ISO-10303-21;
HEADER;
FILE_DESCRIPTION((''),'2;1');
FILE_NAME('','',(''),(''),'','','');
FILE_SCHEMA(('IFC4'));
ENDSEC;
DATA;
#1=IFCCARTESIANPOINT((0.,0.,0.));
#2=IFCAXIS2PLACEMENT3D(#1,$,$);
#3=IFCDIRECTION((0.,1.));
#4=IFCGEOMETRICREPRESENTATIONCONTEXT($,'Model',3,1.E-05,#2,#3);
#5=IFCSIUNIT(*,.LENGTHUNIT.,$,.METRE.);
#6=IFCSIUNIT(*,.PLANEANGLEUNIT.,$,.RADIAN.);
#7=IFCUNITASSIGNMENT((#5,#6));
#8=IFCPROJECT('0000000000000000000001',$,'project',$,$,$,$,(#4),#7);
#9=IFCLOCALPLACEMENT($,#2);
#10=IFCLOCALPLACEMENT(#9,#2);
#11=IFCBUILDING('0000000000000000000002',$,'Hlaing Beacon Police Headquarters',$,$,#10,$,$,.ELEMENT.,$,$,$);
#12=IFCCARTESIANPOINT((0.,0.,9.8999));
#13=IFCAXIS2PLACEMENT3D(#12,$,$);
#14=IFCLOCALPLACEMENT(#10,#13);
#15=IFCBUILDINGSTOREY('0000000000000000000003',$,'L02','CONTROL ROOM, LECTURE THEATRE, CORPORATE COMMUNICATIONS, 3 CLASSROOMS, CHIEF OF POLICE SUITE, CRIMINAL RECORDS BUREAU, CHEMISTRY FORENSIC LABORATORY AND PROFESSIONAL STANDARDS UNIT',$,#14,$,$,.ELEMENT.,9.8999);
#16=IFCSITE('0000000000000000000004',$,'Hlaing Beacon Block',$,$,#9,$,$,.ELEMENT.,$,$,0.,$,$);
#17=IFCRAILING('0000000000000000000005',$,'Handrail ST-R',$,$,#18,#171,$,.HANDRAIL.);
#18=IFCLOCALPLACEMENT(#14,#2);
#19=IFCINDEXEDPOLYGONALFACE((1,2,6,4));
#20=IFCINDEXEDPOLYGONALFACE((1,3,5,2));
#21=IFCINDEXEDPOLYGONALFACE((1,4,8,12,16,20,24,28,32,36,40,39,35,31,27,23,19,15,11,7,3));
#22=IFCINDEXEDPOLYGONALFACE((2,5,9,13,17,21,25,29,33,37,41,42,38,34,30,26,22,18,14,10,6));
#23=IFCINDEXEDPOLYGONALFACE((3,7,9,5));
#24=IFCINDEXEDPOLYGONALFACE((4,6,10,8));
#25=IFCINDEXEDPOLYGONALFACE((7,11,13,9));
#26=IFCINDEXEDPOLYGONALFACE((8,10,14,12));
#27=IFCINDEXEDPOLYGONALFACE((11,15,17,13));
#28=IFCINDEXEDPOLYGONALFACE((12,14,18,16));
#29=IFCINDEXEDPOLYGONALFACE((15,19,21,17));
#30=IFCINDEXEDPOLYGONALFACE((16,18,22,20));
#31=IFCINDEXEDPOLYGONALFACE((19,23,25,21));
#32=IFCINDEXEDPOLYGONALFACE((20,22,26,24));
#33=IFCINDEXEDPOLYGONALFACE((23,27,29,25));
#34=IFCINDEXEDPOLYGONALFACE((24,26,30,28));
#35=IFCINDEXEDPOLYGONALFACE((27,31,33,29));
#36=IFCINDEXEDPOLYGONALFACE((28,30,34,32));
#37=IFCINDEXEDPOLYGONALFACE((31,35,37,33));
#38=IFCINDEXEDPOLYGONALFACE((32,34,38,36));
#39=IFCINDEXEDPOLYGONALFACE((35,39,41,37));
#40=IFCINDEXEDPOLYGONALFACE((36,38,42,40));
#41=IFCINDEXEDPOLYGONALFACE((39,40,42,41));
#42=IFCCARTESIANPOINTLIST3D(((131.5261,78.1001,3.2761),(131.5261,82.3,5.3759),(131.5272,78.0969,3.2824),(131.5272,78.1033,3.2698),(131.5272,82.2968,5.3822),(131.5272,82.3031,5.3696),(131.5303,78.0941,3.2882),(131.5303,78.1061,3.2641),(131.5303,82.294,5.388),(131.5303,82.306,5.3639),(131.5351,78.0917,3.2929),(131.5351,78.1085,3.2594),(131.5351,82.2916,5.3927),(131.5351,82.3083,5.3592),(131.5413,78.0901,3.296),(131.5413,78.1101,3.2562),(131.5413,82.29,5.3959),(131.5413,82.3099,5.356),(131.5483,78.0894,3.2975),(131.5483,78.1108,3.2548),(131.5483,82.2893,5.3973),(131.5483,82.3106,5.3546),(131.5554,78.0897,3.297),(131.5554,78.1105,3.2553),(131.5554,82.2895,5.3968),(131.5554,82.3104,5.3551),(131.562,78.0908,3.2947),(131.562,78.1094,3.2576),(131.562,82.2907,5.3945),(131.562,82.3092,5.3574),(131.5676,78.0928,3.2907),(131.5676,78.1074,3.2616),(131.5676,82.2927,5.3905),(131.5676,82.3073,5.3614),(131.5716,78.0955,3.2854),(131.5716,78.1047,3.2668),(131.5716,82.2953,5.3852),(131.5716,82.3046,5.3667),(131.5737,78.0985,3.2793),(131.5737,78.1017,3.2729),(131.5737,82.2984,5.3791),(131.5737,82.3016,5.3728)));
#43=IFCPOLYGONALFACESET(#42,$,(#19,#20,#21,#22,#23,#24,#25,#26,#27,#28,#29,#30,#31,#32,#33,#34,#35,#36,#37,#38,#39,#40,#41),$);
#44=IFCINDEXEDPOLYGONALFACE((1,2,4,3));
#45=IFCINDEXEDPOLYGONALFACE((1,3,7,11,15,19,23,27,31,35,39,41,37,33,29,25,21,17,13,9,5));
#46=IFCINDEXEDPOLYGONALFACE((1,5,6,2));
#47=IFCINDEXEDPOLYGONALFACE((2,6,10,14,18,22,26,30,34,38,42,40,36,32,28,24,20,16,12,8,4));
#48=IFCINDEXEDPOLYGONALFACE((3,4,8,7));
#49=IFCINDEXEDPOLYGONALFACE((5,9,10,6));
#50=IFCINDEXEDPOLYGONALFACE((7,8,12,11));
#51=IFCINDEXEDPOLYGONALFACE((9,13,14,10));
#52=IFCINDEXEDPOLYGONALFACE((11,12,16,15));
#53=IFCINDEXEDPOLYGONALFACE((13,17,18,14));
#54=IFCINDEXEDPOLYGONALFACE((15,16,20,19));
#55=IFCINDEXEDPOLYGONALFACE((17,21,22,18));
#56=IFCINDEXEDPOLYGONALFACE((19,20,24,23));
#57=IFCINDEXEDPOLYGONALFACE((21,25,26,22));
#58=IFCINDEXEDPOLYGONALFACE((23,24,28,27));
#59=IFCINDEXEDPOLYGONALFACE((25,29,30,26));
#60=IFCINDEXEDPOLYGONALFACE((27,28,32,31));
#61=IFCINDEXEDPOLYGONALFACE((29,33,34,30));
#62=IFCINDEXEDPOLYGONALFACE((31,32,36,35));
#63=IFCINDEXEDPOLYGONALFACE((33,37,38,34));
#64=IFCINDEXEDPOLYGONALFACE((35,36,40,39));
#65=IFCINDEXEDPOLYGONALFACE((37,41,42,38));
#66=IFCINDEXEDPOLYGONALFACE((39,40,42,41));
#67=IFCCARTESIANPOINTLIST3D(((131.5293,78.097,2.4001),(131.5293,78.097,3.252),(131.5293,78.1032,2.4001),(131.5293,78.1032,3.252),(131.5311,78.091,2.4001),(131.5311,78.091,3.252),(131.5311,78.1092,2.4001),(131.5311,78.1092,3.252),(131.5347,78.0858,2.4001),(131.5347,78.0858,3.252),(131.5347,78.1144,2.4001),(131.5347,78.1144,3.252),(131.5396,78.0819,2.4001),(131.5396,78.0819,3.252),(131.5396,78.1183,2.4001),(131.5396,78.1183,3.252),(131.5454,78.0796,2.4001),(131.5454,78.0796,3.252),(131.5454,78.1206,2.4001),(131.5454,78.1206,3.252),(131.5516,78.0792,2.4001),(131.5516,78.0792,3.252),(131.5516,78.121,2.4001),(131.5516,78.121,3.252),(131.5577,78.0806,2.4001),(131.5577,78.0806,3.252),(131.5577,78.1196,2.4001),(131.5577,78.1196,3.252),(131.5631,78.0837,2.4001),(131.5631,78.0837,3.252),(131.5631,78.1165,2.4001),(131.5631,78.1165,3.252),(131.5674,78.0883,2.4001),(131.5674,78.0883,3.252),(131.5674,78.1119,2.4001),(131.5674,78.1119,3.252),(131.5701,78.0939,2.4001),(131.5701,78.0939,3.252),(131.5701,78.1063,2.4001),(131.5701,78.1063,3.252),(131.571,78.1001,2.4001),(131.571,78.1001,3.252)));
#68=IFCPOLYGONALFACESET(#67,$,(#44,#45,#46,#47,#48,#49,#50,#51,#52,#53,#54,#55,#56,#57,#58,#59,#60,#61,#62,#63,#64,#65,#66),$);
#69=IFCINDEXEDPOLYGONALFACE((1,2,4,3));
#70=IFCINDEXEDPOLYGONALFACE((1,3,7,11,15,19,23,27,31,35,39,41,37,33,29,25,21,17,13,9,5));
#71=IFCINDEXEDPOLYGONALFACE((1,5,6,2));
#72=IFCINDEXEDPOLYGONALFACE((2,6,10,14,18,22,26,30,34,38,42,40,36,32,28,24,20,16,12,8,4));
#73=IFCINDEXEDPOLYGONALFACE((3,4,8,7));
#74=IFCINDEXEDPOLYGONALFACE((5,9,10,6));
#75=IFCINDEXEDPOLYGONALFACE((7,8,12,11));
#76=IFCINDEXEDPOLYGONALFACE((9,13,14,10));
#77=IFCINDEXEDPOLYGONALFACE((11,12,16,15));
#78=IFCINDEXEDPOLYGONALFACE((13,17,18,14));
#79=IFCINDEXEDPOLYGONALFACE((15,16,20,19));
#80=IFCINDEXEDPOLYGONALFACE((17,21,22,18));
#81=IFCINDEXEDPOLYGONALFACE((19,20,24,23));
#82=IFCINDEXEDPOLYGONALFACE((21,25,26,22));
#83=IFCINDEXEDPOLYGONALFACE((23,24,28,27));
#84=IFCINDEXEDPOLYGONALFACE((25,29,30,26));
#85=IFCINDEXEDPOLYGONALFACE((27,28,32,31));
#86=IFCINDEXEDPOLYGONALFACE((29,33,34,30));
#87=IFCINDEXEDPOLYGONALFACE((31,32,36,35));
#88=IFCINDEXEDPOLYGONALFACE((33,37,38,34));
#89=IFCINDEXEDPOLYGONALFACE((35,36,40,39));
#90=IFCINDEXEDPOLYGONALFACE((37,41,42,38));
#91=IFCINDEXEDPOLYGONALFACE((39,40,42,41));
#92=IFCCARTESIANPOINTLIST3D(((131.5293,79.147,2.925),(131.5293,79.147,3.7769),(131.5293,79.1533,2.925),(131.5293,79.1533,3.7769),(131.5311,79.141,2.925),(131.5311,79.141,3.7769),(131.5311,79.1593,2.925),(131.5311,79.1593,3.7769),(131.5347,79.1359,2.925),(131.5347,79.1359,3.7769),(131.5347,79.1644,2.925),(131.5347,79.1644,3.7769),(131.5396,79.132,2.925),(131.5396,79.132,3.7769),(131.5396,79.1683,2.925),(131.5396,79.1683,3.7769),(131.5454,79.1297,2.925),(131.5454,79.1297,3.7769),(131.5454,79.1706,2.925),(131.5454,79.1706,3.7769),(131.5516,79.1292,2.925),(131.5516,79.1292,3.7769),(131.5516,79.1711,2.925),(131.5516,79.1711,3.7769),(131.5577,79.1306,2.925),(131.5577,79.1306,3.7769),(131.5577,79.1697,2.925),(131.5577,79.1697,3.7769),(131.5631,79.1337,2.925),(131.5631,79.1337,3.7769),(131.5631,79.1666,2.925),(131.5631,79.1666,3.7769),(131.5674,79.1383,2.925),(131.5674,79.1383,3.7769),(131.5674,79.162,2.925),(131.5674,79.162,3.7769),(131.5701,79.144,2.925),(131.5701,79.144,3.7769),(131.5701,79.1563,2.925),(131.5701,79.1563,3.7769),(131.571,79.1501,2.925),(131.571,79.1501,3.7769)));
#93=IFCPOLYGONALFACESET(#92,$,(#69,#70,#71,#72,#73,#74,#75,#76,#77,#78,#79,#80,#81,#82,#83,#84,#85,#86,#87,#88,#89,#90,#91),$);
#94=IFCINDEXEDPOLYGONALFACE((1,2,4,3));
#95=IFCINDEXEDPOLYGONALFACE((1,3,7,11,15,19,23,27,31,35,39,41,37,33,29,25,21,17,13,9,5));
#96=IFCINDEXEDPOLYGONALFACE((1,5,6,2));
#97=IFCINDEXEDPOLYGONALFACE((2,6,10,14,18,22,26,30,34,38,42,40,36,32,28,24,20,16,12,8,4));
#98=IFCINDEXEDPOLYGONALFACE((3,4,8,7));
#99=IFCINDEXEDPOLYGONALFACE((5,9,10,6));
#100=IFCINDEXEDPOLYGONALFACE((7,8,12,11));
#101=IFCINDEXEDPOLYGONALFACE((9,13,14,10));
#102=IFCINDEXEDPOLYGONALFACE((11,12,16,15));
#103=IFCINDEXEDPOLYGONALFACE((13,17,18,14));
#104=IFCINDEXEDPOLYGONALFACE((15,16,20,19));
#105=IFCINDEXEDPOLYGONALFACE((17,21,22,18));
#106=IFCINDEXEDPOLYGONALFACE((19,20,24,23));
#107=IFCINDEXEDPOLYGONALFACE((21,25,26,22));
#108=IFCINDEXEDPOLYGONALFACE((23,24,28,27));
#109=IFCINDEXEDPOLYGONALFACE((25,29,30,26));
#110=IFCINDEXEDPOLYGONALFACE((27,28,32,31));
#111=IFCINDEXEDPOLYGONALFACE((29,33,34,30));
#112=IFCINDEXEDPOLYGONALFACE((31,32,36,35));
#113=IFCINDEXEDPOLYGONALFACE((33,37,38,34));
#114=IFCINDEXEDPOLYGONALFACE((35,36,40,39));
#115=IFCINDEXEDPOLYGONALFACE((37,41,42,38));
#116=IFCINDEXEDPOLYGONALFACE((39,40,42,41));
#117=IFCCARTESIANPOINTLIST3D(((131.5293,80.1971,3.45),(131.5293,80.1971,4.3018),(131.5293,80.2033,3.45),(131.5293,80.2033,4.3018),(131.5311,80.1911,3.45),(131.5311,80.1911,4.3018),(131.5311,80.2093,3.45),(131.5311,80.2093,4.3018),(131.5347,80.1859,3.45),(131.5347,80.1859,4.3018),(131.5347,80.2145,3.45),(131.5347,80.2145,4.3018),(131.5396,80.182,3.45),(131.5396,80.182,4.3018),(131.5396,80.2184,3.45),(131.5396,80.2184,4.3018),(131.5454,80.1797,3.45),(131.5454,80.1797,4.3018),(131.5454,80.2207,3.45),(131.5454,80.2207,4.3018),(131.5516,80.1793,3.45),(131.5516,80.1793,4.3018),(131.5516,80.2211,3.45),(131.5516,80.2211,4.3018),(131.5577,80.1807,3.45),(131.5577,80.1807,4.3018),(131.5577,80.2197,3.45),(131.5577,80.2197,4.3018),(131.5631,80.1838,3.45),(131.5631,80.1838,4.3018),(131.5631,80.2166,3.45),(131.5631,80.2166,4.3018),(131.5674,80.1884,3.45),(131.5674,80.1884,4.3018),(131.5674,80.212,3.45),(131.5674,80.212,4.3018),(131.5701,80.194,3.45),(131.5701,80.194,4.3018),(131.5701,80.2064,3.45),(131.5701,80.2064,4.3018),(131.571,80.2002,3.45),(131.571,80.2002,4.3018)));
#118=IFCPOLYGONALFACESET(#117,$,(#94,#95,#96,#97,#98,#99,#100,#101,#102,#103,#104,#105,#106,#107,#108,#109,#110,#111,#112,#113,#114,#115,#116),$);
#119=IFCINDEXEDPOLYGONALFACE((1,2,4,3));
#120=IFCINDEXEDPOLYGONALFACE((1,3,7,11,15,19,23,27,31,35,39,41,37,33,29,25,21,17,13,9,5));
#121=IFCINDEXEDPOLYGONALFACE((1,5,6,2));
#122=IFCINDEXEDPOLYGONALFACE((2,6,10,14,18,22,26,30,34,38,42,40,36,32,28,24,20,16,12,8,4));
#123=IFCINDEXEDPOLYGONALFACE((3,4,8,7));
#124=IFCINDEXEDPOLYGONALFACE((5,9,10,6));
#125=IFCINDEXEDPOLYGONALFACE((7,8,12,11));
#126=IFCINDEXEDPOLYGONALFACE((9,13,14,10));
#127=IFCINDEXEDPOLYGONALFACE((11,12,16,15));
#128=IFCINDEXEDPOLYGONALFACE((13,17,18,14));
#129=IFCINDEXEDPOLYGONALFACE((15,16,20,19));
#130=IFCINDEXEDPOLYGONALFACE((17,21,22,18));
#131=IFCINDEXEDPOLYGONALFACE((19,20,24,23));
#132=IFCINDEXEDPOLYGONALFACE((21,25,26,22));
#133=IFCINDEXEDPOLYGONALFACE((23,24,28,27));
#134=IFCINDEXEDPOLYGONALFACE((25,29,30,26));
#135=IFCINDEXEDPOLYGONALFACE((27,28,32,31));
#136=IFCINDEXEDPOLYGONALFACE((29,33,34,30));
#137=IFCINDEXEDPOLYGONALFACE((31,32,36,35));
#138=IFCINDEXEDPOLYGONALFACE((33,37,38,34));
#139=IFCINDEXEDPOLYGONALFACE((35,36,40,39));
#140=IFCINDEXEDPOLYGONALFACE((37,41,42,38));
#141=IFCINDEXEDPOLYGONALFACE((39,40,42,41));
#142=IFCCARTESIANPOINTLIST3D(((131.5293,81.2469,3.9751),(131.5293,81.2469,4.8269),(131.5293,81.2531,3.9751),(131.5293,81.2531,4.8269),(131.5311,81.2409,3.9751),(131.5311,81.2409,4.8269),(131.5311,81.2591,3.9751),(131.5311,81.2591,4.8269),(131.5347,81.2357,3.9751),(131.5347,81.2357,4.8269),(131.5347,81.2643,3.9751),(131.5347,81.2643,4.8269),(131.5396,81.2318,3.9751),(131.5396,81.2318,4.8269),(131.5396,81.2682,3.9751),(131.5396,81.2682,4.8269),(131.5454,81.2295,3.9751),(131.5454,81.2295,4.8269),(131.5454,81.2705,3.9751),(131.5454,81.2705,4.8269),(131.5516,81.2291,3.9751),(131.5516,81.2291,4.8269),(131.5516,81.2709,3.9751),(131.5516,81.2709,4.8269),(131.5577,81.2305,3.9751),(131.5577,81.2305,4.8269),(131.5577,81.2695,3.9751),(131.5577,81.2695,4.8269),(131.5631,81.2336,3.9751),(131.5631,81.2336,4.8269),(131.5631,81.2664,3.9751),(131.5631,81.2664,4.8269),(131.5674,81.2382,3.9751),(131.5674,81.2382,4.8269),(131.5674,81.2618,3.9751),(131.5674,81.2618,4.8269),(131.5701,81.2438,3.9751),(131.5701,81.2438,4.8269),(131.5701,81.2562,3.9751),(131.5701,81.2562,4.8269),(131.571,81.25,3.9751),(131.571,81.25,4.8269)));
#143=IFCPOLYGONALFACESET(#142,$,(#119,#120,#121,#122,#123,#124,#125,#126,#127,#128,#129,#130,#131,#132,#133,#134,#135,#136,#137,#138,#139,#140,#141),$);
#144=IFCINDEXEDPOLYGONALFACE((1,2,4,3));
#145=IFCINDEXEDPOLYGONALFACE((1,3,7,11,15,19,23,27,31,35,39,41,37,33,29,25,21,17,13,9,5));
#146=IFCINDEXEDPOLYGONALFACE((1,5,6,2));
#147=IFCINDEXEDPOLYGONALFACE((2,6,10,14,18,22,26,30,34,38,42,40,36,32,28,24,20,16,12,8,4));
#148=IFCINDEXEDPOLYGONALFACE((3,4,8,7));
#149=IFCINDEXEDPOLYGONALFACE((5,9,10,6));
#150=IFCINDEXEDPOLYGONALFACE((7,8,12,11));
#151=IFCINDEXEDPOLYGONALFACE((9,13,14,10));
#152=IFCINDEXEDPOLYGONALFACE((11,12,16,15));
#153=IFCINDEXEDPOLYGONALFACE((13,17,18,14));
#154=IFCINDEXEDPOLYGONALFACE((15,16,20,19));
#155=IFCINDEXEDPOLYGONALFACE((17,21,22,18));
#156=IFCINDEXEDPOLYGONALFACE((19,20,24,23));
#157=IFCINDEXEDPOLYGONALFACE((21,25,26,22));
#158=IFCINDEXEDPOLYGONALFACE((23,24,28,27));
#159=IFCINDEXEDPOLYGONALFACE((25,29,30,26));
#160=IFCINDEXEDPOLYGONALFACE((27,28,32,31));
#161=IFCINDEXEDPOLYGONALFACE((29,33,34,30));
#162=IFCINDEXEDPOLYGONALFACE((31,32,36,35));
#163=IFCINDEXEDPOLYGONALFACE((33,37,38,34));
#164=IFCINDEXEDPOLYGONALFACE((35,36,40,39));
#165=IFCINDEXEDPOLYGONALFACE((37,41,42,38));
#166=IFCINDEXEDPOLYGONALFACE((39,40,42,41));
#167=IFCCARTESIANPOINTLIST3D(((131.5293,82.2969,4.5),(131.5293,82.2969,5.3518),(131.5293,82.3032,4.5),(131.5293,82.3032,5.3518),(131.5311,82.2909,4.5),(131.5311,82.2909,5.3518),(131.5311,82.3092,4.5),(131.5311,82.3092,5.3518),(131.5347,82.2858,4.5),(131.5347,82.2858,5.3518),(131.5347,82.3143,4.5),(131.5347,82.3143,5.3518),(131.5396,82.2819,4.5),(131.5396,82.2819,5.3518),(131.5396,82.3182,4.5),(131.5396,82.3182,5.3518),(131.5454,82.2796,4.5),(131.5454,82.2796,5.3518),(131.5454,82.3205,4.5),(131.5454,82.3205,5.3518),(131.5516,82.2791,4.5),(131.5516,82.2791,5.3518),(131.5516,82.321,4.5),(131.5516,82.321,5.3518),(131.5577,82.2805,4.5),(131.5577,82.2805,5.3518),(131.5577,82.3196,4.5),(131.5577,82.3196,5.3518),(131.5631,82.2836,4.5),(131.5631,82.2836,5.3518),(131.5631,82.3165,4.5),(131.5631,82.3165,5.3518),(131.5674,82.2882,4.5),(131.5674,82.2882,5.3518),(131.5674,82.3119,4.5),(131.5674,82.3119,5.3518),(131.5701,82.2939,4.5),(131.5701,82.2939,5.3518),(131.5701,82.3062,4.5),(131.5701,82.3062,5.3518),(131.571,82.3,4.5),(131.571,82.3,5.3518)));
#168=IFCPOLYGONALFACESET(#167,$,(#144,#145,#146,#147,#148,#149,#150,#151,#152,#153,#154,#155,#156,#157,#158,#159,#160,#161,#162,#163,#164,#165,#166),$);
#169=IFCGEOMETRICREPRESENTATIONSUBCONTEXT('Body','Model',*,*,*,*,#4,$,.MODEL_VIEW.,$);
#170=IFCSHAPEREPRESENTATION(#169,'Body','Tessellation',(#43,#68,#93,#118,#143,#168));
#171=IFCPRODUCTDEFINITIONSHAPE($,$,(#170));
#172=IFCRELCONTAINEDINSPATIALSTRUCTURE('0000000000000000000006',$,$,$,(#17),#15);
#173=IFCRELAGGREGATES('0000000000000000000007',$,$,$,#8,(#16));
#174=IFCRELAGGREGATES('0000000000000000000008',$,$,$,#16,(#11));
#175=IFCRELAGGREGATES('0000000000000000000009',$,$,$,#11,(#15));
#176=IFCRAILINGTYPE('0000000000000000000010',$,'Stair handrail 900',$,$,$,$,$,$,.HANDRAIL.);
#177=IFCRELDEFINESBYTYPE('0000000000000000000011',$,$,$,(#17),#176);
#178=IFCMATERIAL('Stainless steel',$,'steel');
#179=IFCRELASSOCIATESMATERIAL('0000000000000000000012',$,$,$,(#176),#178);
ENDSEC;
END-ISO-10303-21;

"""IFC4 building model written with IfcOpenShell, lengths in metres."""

from ifc_helpers import new_model, si_unit, direction, frame, origin, origin_2d, place, context, subcontext, project, spatial, circle, extrude, material, type_object, element, save


model = new_model("IFC4")

# Units and contexts
model_context = context("Model", 3, precision=1e-05, world=origin(), true_north=direction((0.0, 1.0)))
body_context = subcontext(model_context, "Body", "Model", "MODEL_VIEW")
ifc_project = project(units=[si_unit("LENGTHUNIT", "METRE"), si_unit("PLANEANGLEUNIT", "RADIAN")], contexts=[model_context])

# Site, building, storey
site_placement = place(None, origin())
site = spatial("IfcSite", under=ifc_project, at=site_placement, Name="Hlaing Beacon Block", CompositionType="ELEMENT", RefElevation=0.0)
building_placement = place(site_placement, origin())
building = spatial("IfcBuilding", under=site, at=building_placement, Name="Hlaing Beacon Police Headquarters", CompositionType="ELEMENT")
storey_placement = place(building_placement, frame((0.0, 0.0, 9.8999)))
storey = spatial("IfcBuildingStorey", under=building, at=storey_placement, Name="L02", Description="CONTROL ROOM, LECTURE THEATRE, CORPORATE COMMUNICATIONS, 3 CLASSROOMS, CHIEF OF POLICE SUITE, CRIMINAL RECORDS BUREAU, CHEMISTRY FORENSIC LABORATORY AND PROFESSIONAL STANDARDS UNIT", CompositionType="ELEMENT", Elevation=9.8999)

# Railing
ifc_material_1 = material(Name="Stainless steel", Category="steel")
railing_type_1 = type_object("IfcRailingType", Name="Stair handrail 900", PredefinedType="HANDRAIL", material=ifc_material_1)
for number, where, name in (
    (1, (131.55, 78.1001, 2.4001), "Handrail ST-R"),
):
    element("IfcRailing", number, at=place(storey_placement, frame(where)), inside=storey, type_object=railing_type_1, Name=name, PredefinedType="HANDRAIL", context=body_context, shape_type="SweptSolid", body=[
        extrude(circle(Radius=0.0239, at=origin_2d()), frame((0.0, 0.0, 0.876), z_axis=(0.0, 0.894438, 0.447193), x_axis=(-1.0, 0.0, 0.0)), (0.0, 0.0, 1.0), 4.6956),
        extrude(circle(Radius=0.021, at=origin_2d()), origin(), (0.0, 0.0, 1.0), 0.8518),
        extrude(circle(Radius=0.021, at=origin_2d()), frame((0.0, 1.05, 0.5249)), (0.0, 0.0, 1.0), 0.8518),
        extrude(circle(Radius=0.021, at=origin_2d()), frame((0.0, 2.1001, 1.0498)), (0.0, 0.0, 1.0), 0.8518),
        extrude(circle(Radius=0.021, at=origin_2d()), frame((0.0, 3.1499, 1.575)), (0.0, 0.0, 1.0), 0.8518),
        extrude(circle(Radius=0.021, at=origin_2d()), frame((0.0, 4.2, 2.0999)), (0.0, 0.0, 1.0), 0.8518),
    ])

save(model, "model.ifc")
